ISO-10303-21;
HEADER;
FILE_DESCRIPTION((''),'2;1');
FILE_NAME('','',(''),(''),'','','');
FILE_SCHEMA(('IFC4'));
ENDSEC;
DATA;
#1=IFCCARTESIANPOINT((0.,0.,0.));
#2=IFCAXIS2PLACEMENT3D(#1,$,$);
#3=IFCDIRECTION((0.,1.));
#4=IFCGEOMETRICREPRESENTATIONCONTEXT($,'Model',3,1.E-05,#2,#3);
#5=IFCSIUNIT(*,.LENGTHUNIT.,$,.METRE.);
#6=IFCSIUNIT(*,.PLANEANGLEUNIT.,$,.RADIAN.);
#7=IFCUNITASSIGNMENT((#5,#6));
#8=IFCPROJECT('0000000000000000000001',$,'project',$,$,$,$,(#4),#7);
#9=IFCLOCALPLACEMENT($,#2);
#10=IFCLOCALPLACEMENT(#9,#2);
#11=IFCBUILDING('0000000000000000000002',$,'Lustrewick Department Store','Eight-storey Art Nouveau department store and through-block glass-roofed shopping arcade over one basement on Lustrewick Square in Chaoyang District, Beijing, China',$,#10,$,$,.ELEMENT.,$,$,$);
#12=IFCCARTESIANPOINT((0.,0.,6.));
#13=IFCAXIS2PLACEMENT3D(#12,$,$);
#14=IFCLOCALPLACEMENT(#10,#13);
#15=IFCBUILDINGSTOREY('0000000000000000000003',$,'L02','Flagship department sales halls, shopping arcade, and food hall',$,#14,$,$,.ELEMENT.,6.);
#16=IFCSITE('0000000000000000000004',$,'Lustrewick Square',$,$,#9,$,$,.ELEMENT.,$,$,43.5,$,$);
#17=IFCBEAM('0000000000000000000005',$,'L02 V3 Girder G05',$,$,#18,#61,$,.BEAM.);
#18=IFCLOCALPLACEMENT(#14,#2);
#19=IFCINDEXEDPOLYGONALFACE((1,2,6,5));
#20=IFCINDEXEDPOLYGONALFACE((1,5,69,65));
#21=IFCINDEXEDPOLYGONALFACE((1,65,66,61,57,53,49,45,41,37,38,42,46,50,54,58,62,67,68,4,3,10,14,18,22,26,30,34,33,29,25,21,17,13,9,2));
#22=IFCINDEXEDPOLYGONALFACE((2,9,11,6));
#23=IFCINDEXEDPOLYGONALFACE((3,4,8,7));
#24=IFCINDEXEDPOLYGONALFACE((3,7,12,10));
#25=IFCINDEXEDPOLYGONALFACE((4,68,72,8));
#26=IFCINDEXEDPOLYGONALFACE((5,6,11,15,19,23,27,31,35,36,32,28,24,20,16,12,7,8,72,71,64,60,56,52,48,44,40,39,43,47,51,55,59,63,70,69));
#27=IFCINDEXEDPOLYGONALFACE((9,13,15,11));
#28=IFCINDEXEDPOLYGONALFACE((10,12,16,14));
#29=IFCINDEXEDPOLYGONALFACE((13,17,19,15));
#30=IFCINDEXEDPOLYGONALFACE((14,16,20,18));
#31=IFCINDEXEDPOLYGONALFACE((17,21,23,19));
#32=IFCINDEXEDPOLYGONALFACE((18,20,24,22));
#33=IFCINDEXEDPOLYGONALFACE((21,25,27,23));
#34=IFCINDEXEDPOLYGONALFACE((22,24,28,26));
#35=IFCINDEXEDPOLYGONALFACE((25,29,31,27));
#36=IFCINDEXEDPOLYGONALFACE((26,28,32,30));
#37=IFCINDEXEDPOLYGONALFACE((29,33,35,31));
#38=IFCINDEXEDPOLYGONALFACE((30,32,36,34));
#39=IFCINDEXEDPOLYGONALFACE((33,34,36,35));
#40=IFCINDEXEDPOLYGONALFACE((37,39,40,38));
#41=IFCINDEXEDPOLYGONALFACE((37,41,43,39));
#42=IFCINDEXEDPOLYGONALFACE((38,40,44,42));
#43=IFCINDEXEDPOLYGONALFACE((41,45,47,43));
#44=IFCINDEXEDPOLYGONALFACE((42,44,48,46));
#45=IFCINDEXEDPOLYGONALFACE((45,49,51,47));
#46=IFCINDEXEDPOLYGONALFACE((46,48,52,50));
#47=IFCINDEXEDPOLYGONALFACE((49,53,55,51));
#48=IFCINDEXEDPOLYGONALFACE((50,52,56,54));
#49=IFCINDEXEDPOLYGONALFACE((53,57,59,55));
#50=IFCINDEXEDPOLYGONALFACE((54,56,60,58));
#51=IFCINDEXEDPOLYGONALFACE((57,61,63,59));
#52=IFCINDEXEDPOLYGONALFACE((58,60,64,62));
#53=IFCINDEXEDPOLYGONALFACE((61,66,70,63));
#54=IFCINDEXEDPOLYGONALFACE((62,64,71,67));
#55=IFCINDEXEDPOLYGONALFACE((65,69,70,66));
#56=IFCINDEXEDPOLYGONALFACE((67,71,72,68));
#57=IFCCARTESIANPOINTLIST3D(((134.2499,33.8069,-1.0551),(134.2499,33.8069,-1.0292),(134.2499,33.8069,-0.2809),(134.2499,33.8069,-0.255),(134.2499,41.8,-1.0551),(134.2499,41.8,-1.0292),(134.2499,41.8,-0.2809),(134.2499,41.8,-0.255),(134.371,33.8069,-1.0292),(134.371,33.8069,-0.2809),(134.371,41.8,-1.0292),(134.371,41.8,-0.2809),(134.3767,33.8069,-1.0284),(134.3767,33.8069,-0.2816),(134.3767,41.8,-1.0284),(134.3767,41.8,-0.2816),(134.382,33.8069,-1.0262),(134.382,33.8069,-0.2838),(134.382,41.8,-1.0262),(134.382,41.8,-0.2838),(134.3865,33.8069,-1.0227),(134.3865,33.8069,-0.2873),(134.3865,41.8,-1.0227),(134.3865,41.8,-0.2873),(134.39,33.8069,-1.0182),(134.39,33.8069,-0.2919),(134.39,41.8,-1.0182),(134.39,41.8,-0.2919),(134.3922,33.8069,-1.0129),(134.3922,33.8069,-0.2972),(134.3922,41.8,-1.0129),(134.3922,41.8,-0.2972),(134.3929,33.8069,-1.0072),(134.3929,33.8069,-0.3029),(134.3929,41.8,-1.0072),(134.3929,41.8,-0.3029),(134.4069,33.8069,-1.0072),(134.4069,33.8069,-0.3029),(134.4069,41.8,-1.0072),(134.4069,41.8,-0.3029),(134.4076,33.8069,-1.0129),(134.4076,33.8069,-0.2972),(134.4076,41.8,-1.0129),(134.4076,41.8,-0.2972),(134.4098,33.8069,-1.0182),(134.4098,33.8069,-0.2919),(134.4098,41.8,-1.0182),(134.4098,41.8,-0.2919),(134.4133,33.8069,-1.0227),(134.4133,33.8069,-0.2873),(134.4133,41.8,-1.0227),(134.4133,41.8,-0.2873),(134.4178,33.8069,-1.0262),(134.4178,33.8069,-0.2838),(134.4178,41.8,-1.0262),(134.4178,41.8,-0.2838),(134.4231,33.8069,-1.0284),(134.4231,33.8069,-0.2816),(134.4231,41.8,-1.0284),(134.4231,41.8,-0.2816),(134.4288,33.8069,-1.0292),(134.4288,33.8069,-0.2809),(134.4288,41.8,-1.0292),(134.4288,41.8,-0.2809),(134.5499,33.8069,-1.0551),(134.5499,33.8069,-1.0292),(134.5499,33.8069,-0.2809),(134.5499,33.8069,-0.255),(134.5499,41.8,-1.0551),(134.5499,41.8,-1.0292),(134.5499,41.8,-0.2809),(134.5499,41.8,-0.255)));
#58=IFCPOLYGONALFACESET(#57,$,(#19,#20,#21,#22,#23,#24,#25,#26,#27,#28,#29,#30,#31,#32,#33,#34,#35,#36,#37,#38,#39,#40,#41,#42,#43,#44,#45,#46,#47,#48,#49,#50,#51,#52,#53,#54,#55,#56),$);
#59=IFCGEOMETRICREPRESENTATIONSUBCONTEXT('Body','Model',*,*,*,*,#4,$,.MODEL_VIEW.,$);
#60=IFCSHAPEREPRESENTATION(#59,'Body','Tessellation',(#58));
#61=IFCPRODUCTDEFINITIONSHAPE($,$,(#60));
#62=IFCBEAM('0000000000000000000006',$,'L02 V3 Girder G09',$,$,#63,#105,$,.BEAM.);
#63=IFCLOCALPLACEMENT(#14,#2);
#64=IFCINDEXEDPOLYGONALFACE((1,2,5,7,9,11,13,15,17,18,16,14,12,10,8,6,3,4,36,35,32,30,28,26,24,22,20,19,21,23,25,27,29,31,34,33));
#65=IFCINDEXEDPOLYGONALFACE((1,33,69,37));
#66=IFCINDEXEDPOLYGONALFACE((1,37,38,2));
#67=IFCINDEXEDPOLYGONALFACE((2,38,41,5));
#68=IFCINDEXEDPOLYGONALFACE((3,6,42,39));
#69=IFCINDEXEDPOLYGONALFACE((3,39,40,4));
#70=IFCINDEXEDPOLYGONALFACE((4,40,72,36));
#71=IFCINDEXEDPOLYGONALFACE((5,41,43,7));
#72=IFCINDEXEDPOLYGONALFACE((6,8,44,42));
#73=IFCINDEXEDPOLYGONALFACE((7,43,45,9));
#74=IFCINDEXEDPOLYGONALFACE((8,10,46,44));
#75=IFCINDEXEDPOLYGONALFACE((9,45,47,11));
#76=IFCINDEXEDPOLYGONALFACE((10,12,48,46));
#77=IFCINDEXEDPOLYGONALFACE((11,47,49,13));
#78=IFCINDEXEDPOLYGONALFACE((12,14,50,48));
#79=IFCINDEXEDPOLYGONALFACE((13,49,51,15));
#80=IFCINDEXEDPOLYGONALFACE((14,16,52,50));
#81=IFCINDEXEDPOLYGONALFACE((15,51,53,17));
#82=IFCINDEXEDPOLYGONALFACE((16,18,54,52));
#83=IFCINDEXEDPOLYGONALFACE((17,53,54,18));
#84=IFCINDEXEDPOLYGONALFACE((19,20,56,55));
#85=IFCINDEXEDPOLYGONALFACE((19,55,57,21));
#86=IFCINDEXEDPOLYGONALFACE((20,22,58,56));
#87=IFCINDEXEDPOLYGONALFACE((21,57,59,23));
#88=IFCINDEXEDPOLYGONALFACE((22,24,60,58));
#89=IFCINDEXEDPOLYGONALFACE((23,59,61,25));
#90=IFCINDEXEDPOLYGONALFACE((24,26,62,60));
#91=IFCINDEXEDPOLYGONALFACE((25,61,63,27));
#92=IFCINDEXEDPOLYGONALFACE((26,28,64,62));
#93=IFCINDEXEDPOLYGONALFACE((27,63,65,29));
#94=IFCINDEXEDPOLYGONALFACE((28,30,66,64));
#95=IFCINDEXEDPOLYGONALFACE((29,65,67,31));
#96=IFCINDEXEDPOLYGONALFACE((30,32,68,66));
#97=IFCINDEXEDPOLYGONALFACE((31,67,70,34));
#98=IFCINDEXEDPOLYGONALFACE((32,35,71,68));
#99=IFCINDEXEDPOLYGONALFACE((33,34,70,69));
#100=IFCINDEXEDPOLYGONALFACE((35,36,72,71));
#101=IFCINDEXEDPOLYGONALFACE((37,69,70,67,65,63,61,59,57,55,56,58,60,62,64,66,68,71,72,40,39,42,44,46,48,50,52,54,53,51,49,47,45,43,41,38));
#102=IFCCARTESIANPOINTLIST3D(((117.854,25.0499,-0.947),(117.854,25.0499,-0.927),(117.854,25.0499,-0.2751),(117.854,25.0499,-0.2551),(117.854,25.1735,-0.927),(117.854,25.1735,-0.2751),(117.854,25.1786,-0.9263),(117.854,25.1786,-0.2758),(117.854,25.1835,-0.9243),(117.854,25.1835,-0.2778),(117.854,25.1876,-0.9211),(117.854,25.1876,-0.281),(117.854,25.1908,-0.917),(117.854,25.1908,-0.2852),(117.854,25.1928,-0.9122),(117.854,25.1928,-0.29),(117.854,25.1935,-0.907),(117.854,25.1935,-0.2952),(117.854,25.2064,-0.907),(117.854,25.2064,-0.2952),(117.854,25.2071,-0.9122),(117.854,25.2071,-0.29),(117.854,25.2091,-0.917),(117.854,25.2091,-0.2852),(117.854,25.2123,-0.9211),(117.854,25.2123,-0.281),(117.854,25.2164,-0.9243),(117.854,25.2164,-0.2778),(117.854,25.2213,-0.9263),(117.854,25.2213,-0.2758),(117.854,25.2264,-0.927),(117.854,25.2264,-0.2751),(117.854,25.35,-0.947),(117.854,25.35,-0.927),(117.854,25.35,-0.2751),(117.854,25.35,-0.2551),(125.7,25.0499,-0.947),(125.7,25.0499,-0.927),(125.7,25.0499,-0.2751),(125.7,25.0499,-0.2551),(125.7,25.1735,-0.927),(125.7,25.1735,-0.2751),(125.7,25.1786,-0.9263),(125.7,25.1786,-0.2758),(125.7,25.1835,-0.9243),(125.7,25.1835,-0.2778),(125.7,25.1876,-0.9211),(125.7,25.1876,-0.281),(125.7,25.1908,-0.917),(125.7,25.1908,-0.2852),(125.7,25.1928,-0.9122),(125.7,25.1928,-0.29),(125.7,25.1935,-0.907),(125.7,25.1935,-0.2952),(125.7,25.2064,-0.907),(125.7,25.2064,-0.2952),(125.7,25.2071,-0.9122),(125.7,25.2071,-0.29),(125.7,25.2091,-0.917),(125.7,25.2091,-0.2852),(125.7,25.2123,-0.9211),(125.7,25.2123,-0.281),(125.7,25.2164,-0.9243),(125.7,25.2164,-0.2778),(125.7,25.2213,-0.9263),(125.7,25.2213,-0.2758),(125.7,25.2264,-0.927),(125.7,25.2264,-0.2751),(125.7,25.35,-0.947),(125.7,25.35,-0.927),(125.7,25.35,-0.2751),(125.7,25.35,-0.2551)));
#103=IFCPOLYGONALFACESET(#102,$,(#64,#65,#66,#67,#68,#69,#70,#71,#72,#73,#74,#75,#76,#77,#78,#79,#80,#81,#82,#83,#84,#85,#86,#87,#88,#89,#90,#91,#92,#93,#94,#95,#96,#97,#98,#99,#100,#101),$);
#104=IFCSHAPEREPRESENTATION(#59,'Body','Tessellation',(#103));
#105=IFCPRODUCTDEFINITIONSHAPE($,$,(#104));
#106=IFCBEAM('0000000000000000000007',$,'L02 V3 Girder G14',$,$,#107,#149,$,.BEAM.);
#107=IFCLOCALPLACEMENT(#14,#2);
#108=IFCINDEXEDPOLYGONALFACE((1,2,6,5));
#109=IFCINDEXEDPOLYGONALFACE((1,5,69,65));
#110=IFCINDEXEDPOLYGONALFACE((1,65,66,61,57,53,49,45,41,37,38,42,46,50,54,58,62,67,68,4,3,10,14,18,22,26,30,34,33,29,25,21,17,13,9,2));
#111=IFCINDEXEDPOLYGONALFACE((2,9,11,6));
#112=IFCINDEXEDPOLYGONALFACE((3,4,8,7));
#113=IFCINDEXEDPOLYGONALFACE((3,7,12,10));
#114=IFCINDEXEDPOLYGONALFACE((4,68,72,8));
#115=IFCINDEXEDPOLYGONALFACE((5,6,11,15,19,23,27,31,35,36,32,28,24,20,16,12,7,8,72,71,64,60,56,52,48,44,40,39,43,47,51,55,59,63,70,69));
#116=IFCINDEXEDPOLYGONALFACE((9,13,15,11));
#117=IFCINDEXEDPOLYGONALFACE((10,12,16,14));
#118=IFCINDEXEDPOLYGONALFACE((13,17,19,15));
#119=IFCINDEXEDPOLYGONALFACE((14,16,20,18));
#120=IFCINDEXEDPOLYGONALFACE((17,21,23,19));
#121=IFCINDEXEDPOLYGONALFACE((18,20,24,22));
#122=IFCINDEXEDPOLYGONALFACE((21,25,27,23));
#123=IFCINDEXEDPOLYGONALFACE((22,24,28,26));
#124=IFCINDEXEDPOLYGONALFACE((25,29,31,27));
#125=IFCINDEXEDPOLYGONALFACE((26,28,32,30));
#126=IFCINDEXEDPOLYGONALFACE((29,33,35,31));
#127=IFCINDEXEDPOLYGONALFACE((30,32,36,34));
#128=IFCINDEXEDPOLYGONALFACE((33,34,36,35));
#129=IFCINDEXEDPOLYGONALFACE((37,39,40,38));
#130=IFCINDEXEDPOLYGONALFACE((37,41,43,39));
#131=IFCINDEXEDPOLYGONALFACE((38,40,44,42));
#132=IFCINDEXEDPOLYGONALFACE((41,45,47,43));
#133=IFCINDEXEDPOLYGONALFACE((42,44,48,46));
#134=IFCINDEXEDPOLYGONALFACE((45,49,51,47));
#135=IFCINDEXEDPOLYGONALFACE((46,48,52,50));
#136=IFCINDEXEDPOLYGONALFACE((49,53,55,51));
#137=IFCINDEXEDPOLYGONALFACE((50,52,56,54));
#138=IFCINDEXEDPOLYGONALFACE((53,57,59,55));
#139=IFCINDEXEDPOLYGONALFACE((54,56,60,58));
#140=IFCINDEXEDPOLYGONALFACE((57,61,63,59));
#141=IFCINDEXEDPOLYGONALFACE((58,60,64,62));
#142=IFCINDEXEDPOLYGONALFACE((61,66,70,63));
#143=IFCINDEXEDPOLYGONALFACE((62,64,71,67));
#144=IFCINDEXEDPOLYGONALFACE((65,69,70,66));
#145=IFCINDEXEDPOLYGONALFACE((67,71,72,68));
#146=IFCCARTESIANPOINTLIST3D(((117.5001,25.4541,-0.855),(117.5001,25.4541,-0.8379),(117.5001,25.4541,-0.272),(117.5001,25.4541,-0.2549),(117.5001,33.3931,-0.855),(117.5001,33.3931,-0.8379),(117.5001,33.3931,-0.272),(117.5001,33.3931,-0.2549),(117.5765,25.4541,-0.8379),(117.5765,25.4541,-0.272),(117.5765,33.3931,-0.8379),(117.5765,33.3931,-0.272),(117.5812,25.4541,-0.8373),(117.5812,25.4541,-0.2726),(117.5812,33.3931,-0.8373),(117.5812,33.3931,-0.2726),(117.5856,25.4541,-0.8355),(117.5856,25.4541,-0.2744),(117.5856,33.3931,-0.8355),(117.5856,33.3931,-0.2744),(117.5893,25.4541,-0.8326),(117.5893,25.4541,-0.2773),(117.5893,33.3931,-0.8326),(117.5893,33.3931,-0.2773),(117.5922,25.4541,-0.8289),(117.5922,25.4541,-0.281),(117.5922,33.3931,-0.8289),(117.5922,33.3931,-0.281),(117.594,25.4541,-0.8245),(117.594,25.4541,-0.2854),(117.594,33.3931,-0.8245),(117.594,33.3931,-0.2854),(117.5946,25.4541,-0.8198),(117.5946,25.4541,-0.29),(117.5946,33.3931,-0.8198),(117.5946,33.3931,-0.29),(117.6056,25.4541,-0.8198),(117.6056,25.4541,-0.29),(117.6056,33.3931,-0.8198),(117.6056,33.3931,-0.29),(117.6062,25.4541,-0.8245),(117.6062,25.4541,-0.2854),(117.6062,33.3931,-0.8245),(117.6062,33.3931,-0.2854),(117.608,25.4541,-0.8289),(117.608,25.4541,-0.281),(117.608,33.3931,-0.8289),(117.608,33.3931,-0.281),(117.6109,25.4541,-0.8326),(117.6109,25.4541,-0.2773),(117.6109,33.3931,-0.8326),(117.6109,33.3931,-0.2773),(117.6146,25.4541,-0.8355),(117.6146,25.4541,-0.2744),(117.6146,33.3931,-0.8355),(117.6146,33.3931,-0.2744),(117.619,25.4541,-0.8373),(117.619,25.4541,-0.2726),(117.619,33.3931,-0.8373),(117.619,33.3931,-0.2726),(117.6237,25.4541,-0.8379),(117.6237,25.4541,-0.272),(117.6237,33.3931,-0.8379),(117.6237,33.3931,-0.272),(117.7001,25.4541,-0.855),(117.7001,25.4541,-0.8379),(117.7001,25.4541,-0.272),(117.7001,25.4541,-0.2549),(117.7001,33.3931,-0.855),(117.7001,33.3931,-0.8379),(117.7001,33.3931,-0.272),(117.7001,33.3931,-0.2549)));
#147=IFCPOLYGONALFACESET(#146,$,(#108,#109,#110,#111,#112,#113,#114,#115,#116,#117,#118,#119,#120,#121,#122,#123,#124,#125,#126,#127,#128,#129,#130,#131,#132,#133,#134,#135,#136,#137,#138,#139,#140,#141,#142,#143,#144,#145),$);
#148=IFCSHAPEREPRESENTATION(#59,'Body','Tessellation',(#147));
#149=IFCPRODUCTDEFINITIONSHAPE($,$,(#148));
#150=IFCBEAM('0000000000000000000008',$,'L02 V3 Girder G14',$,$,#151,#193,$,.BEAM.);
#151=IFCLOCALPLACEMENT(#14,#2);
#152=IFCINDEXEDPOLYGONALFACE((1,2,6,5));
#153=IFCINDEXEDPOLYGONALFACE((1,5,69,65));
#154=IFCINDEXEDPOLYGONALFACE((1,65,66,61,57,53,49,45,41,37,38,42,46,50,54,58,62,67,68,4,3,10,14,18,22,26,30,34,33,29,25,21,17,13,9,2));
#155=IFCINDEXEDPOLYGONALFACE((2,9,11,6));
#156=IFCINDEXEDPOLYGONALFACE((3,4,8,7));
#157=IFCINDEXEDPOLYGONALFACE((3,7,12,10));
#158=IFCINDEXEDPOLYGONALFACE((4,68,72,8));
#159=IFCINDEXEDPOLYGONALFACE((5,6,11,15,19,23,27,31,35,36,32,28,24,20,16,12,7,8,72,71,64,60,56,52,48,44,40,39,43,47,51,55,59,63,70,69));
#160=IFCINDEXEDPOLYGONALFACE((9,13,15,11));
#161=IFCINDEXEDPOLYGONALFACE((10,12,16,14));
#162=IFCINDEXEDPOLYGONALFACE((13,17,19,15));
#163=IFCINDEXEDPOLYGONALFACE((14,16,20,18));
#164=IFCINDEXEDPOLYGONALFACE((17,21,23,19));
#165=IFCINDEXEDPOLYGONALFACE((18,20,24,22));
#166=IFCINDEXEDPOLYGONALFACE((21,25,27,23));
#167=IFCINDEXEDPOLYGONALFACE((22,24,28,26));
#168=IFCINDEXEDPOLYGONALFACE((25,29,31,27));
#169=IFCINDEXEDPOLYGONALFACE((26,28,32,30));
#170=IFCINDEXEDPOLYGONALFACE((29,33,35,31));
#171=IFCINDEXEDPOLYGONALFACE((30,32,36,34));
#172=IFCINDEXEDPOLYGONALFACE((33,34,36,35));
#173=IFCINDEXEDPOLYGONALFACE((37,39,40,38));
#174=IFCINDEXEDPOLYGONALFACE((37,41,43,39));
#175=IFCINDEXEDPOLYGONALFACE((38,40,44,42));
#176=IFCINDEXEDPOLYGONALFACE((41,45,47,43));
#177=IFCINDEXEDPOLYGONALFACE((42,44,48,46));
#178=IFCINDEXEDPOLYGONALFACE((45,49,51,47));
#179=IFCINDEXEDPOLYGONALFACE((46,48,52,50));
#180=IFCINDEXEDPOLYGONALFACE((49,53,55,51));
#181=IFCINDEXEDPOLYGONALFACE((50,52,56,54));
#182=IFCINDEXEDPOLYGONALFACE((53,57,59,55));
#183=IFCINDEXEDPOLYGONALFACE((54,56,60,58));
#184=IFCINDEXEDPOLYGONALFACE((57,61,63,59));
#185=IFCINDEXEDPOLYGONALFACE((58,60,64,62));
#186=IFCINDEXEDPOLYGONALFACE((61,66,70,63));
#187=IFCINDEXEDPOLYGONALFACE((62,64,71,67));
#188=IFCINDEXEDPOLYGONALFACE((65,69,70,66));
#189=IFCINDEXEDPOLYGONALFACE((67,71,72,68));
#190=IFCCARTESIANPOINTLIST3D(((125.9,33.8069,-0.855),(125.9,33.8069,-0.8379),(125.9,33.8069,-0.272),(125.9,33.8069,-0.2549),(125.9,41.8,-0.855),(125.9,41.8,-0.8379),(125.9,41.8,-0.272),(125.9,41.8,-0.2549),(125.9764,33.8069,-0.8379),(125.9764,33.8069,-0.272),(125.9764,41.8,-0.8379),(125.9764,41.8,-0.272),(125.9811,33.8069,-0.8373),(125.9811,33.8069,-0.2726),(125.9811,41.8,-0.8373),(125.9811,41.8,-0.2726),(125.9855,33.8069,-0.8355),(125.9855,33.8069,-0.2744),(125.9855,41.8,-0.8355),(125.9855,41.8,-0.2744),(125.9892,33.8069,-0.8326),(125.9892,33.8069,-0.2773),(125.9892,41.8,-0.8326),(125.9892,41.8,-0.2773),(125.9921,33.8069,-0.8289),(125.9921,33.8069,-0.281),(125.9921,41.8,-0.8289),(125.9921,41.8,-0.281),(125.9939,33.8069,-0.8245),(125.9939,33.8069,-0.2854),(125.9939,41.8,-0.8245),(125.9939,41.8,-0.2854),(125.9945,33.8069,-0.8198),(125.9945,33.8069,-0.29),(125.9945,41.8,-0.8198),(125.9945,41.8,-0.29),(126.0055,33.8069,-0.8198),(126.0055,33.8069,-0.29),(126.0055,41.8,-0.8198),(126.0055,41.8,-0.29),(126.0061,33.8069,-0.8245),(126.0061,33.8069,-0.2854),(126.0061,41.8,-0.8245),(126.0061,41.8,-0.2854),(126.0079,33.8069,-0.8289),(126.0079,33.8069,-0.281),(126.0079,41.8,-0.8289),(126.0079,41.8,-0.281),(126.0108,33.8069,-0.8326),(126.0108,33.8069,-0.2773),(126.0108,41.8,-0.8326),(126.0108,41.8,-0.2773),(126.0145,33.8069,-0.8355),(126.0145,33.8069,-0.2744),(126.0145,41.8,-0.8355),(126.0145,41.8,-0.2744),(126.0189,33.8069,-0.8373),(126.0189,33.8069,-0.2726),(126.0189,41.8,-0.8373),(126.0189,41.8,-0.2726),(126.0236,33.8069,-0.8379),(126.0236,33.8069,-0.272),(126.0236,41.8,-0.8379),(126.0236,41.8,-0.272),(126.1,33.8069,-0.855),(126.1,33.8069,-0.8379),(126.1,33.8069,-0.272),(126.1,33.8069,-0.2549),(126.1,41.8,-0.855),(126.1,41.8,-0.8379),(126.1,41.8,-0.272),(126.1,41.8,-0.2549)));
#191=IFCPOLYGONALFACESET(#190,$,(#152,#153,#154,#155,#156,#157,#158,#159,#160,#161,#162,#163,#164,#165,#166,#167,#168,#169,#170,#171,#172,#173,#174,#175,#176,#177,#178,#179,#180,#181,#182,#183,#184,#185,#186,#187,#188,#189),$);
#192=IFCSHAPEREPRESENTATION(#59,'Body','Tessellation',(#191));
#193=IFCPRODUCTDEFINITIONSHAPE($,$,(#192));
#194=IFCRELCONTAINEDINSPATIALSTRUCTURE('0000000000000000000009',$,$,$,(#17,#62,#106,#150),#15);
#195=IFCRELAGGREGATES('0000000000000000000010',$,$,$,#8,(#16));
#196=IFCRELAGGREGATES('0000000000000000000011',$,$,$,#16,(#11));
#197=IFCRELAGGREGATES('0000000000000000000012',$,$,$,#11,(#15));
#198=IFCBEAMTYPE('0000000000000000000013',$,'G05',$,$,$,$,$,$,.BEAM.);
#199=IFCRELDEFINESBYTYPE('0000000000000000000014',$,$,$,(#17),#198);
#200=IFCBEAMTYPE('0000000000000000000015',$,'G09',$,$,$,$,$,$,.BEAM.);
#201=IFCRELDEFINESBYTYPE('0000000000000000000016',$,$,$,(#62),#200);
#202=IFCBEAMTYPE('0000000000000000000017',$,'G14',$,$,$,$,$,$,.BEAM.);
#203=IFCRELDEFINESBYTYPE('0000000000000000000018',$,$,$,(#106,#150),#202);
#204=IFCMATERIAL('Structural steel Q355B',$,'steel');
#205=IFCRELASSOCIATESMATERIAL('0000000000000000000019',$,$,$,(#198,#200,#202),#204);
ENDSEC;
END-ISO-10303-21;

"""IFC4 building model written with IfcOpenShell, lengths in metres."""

from ifc_helpers import new_model, si_unit, direction, frame, origin, origin_2d, place, context, subcontext, project, spatial, i_section, extrude, material, material_profile, profile_set, type_object, element, save


model = new_model("IFC4")

# Units and contexts
model_context = context("Model", 3, precision=1e-05, world=origin(), true_north=direction((0.0, 1.0)))
body_context = subcontext(model_context, "Body", "Model", "MODEL_VIEW")
ifc_project = project(units=[si_unit("LENGTHUNIT", "METRE"), si_unit("PLANEANGLEUNIT", "RADIAN")], contexts=[model_context])

# Site, building, storey
site_placement = place(None, origin())
site = spatial("IfcSite", under=ifc_project, at=site_placement, Name="Lustrewick Square", CompositionType="ELEMENT", RefElevation=43.5)
building_placement = place(site_placement, origin())
building = spatial("IfcBuilding", under=site, at=building_placement, Name="Lustrewick Department Store", Description="Eight-storey Art Nouveau department store and through-block glass-roofed shopping arcade over one basement on Lustrewick Square in Chaoyang District, Beijing, China", CompositionType="ELEMENT")
storey_placement = place(building_placement, frame((0.0, 0.0, 6.0)))
storey = spatial("IfcBuildingStorey", under=building, at=storey_placement, Name="L02", Description="Flagship department sales halls, shopping arcade, and food hall", CompositionType="ELEMENT", Elevation=6.0)

# Shared definitions
ifc_material_1 = material(Name="Structural steel Q355B", Category="steel")

# Beams
ifc_material_profile_1 = material_profile(ifc_material_1, i_section(OverallWidth=0.3, OverallDepth=0.8, WebThickness=0.0139, FlangeThickness=0.0259, FilletRadius=0.022, at=origin_2d()), Name="HN 800x300x14x26")
ifc_profile_set_1 = profile_set([ifc_material_profile_1], Name="Structural steel Q355B")
beam_type_1 = type_object("IfcBeamType", Name="G05", PredefinedType="BEAM", material=ifc_profile_set_1)
beam_1_placement = place(storey_placement, frame((134.3999, 33.8069, -0.655), z_axis=(0.0, 1.0, 0.0), x_axis=(-1.0, 0.0, 0.0)))
element("IfcBeam", 1, at=beam_1_placement, inside=storey, type_object=beam_type_1, Name="L02 V3 Girder G05", PredefinedType="BEAM", context=body_context, shape_type="SweptSolid", body=[
    extrude(i_section(OverallWidth=0.3, OverallDepth=0.8, WebThickness=0.0139, FlangeThickness=0.0259, FilletRadius=0.022, at=origin_2d()), origin(), (0.0, 0.0, 1.0), 7.9932),
])
ifc_material_profile_2 = material_profile(ifc_material_1, i_section(OverallWidth=0.3, OverallDepth=0.6919, WebThickness=0.0129, FlangeThickness=0.02, FilletRadius=0.02, at=origin_2d()), Name="HN 692x300x13x20")
ifc_profile_set_2 = profile_set([ifc_material_profile_2], Name="Structural steel Q355B")
beam_type_2 = type_object("IfcBeamType", Name="G09", PredefinedType="BEAM", material=ifc_profile_set_2)
beam_2_placement = place(storey_placement, frame((117.854, 25.2, -0.6011), z_axis=(1.0, 0.0, 0.0), x_axis=(0.0, 1.0, 0.0)))
element("IfcBeam", 2, at=beam_2_placement, inside=storey, type_object=beam_type_2, Name="L02 V3 Girder G09", PredefinedType="BEAM", context=body_context, shape_type="SweptSolid", body=[
    extrude(i_section(OverallWidth=0.3, OverallDepth=0.6919, WebThickness=0.0129, FlangeThickness=0.02, FilletRadius=0.02, at=origin_2d()), origin(), (0.0, 0.0, 1.0), 7.8459),
])
ifc_material_profile_3 = material_profile(ifc_material_1, i_section(OverallWidth=0.2, OverallDepth=0.6001, WebThickness=0.011, FlangeThickness=0.0171, FilletRadius=0.0181, at=origin_2d()), Name="HN 600x200x11x17")
ifc_profile_set_3 = profile_set([ifc_material_profile_3], Name="Structural steel Q355B")
beam_type_3 = type_object("IfcBeamType", Name="G14", PredefinedType="BEAM", material=ifc_profile_set_3)
beam_3_placement = place(storey_placement, frame((117.6001, 25.4541, -0.5549), z_axis=(0.0, 1.0, 0.0), x_axis=(-1.0, 0.0, 0.0)))
element("IfcBeam", 3, at=beam_3_placement, inside=storey, type_object=beam_type_3, Name="L02 V3 Girder G14", PredefinedType="BEAM", context=body_context, shape_type="SweptSolid", body=[
    extrude(i_section(OverallWidth=0.2, OverallDepth=0.6001, WebThickness=0.011, FlangeThickness=0.0171, FilletRadius=0.0181, at=origin_2d()), origin(), (0.0, 0.0, 1.0), 7.939),
])
beam_4_placement = place(storey_placement, frame((126.0, 33.8069, -0.5549), z_axis=(0.0, 1.0, 0.0), x_axis=(-1.0, 0.0, 0.0)))
element("IfcBeam", 4, at=beam_4_placement, inside=storey, type_object=beam_type_3, Name="L02 V3 Girder G14", PredefinedType="BEAM", context=body_context, shape_type="SweptSolid", body=[
    extrude(i_section(OverallWidth=0.2, OverallDepth=0.6001, WebThickness=0.011, FlangeThickness=0.0171, FilletRadius=0.0181, at=origin_2d()), origin(), (0.0, 0.0, 1.0), 7.9932),
])

save(model, "model.ifc")
